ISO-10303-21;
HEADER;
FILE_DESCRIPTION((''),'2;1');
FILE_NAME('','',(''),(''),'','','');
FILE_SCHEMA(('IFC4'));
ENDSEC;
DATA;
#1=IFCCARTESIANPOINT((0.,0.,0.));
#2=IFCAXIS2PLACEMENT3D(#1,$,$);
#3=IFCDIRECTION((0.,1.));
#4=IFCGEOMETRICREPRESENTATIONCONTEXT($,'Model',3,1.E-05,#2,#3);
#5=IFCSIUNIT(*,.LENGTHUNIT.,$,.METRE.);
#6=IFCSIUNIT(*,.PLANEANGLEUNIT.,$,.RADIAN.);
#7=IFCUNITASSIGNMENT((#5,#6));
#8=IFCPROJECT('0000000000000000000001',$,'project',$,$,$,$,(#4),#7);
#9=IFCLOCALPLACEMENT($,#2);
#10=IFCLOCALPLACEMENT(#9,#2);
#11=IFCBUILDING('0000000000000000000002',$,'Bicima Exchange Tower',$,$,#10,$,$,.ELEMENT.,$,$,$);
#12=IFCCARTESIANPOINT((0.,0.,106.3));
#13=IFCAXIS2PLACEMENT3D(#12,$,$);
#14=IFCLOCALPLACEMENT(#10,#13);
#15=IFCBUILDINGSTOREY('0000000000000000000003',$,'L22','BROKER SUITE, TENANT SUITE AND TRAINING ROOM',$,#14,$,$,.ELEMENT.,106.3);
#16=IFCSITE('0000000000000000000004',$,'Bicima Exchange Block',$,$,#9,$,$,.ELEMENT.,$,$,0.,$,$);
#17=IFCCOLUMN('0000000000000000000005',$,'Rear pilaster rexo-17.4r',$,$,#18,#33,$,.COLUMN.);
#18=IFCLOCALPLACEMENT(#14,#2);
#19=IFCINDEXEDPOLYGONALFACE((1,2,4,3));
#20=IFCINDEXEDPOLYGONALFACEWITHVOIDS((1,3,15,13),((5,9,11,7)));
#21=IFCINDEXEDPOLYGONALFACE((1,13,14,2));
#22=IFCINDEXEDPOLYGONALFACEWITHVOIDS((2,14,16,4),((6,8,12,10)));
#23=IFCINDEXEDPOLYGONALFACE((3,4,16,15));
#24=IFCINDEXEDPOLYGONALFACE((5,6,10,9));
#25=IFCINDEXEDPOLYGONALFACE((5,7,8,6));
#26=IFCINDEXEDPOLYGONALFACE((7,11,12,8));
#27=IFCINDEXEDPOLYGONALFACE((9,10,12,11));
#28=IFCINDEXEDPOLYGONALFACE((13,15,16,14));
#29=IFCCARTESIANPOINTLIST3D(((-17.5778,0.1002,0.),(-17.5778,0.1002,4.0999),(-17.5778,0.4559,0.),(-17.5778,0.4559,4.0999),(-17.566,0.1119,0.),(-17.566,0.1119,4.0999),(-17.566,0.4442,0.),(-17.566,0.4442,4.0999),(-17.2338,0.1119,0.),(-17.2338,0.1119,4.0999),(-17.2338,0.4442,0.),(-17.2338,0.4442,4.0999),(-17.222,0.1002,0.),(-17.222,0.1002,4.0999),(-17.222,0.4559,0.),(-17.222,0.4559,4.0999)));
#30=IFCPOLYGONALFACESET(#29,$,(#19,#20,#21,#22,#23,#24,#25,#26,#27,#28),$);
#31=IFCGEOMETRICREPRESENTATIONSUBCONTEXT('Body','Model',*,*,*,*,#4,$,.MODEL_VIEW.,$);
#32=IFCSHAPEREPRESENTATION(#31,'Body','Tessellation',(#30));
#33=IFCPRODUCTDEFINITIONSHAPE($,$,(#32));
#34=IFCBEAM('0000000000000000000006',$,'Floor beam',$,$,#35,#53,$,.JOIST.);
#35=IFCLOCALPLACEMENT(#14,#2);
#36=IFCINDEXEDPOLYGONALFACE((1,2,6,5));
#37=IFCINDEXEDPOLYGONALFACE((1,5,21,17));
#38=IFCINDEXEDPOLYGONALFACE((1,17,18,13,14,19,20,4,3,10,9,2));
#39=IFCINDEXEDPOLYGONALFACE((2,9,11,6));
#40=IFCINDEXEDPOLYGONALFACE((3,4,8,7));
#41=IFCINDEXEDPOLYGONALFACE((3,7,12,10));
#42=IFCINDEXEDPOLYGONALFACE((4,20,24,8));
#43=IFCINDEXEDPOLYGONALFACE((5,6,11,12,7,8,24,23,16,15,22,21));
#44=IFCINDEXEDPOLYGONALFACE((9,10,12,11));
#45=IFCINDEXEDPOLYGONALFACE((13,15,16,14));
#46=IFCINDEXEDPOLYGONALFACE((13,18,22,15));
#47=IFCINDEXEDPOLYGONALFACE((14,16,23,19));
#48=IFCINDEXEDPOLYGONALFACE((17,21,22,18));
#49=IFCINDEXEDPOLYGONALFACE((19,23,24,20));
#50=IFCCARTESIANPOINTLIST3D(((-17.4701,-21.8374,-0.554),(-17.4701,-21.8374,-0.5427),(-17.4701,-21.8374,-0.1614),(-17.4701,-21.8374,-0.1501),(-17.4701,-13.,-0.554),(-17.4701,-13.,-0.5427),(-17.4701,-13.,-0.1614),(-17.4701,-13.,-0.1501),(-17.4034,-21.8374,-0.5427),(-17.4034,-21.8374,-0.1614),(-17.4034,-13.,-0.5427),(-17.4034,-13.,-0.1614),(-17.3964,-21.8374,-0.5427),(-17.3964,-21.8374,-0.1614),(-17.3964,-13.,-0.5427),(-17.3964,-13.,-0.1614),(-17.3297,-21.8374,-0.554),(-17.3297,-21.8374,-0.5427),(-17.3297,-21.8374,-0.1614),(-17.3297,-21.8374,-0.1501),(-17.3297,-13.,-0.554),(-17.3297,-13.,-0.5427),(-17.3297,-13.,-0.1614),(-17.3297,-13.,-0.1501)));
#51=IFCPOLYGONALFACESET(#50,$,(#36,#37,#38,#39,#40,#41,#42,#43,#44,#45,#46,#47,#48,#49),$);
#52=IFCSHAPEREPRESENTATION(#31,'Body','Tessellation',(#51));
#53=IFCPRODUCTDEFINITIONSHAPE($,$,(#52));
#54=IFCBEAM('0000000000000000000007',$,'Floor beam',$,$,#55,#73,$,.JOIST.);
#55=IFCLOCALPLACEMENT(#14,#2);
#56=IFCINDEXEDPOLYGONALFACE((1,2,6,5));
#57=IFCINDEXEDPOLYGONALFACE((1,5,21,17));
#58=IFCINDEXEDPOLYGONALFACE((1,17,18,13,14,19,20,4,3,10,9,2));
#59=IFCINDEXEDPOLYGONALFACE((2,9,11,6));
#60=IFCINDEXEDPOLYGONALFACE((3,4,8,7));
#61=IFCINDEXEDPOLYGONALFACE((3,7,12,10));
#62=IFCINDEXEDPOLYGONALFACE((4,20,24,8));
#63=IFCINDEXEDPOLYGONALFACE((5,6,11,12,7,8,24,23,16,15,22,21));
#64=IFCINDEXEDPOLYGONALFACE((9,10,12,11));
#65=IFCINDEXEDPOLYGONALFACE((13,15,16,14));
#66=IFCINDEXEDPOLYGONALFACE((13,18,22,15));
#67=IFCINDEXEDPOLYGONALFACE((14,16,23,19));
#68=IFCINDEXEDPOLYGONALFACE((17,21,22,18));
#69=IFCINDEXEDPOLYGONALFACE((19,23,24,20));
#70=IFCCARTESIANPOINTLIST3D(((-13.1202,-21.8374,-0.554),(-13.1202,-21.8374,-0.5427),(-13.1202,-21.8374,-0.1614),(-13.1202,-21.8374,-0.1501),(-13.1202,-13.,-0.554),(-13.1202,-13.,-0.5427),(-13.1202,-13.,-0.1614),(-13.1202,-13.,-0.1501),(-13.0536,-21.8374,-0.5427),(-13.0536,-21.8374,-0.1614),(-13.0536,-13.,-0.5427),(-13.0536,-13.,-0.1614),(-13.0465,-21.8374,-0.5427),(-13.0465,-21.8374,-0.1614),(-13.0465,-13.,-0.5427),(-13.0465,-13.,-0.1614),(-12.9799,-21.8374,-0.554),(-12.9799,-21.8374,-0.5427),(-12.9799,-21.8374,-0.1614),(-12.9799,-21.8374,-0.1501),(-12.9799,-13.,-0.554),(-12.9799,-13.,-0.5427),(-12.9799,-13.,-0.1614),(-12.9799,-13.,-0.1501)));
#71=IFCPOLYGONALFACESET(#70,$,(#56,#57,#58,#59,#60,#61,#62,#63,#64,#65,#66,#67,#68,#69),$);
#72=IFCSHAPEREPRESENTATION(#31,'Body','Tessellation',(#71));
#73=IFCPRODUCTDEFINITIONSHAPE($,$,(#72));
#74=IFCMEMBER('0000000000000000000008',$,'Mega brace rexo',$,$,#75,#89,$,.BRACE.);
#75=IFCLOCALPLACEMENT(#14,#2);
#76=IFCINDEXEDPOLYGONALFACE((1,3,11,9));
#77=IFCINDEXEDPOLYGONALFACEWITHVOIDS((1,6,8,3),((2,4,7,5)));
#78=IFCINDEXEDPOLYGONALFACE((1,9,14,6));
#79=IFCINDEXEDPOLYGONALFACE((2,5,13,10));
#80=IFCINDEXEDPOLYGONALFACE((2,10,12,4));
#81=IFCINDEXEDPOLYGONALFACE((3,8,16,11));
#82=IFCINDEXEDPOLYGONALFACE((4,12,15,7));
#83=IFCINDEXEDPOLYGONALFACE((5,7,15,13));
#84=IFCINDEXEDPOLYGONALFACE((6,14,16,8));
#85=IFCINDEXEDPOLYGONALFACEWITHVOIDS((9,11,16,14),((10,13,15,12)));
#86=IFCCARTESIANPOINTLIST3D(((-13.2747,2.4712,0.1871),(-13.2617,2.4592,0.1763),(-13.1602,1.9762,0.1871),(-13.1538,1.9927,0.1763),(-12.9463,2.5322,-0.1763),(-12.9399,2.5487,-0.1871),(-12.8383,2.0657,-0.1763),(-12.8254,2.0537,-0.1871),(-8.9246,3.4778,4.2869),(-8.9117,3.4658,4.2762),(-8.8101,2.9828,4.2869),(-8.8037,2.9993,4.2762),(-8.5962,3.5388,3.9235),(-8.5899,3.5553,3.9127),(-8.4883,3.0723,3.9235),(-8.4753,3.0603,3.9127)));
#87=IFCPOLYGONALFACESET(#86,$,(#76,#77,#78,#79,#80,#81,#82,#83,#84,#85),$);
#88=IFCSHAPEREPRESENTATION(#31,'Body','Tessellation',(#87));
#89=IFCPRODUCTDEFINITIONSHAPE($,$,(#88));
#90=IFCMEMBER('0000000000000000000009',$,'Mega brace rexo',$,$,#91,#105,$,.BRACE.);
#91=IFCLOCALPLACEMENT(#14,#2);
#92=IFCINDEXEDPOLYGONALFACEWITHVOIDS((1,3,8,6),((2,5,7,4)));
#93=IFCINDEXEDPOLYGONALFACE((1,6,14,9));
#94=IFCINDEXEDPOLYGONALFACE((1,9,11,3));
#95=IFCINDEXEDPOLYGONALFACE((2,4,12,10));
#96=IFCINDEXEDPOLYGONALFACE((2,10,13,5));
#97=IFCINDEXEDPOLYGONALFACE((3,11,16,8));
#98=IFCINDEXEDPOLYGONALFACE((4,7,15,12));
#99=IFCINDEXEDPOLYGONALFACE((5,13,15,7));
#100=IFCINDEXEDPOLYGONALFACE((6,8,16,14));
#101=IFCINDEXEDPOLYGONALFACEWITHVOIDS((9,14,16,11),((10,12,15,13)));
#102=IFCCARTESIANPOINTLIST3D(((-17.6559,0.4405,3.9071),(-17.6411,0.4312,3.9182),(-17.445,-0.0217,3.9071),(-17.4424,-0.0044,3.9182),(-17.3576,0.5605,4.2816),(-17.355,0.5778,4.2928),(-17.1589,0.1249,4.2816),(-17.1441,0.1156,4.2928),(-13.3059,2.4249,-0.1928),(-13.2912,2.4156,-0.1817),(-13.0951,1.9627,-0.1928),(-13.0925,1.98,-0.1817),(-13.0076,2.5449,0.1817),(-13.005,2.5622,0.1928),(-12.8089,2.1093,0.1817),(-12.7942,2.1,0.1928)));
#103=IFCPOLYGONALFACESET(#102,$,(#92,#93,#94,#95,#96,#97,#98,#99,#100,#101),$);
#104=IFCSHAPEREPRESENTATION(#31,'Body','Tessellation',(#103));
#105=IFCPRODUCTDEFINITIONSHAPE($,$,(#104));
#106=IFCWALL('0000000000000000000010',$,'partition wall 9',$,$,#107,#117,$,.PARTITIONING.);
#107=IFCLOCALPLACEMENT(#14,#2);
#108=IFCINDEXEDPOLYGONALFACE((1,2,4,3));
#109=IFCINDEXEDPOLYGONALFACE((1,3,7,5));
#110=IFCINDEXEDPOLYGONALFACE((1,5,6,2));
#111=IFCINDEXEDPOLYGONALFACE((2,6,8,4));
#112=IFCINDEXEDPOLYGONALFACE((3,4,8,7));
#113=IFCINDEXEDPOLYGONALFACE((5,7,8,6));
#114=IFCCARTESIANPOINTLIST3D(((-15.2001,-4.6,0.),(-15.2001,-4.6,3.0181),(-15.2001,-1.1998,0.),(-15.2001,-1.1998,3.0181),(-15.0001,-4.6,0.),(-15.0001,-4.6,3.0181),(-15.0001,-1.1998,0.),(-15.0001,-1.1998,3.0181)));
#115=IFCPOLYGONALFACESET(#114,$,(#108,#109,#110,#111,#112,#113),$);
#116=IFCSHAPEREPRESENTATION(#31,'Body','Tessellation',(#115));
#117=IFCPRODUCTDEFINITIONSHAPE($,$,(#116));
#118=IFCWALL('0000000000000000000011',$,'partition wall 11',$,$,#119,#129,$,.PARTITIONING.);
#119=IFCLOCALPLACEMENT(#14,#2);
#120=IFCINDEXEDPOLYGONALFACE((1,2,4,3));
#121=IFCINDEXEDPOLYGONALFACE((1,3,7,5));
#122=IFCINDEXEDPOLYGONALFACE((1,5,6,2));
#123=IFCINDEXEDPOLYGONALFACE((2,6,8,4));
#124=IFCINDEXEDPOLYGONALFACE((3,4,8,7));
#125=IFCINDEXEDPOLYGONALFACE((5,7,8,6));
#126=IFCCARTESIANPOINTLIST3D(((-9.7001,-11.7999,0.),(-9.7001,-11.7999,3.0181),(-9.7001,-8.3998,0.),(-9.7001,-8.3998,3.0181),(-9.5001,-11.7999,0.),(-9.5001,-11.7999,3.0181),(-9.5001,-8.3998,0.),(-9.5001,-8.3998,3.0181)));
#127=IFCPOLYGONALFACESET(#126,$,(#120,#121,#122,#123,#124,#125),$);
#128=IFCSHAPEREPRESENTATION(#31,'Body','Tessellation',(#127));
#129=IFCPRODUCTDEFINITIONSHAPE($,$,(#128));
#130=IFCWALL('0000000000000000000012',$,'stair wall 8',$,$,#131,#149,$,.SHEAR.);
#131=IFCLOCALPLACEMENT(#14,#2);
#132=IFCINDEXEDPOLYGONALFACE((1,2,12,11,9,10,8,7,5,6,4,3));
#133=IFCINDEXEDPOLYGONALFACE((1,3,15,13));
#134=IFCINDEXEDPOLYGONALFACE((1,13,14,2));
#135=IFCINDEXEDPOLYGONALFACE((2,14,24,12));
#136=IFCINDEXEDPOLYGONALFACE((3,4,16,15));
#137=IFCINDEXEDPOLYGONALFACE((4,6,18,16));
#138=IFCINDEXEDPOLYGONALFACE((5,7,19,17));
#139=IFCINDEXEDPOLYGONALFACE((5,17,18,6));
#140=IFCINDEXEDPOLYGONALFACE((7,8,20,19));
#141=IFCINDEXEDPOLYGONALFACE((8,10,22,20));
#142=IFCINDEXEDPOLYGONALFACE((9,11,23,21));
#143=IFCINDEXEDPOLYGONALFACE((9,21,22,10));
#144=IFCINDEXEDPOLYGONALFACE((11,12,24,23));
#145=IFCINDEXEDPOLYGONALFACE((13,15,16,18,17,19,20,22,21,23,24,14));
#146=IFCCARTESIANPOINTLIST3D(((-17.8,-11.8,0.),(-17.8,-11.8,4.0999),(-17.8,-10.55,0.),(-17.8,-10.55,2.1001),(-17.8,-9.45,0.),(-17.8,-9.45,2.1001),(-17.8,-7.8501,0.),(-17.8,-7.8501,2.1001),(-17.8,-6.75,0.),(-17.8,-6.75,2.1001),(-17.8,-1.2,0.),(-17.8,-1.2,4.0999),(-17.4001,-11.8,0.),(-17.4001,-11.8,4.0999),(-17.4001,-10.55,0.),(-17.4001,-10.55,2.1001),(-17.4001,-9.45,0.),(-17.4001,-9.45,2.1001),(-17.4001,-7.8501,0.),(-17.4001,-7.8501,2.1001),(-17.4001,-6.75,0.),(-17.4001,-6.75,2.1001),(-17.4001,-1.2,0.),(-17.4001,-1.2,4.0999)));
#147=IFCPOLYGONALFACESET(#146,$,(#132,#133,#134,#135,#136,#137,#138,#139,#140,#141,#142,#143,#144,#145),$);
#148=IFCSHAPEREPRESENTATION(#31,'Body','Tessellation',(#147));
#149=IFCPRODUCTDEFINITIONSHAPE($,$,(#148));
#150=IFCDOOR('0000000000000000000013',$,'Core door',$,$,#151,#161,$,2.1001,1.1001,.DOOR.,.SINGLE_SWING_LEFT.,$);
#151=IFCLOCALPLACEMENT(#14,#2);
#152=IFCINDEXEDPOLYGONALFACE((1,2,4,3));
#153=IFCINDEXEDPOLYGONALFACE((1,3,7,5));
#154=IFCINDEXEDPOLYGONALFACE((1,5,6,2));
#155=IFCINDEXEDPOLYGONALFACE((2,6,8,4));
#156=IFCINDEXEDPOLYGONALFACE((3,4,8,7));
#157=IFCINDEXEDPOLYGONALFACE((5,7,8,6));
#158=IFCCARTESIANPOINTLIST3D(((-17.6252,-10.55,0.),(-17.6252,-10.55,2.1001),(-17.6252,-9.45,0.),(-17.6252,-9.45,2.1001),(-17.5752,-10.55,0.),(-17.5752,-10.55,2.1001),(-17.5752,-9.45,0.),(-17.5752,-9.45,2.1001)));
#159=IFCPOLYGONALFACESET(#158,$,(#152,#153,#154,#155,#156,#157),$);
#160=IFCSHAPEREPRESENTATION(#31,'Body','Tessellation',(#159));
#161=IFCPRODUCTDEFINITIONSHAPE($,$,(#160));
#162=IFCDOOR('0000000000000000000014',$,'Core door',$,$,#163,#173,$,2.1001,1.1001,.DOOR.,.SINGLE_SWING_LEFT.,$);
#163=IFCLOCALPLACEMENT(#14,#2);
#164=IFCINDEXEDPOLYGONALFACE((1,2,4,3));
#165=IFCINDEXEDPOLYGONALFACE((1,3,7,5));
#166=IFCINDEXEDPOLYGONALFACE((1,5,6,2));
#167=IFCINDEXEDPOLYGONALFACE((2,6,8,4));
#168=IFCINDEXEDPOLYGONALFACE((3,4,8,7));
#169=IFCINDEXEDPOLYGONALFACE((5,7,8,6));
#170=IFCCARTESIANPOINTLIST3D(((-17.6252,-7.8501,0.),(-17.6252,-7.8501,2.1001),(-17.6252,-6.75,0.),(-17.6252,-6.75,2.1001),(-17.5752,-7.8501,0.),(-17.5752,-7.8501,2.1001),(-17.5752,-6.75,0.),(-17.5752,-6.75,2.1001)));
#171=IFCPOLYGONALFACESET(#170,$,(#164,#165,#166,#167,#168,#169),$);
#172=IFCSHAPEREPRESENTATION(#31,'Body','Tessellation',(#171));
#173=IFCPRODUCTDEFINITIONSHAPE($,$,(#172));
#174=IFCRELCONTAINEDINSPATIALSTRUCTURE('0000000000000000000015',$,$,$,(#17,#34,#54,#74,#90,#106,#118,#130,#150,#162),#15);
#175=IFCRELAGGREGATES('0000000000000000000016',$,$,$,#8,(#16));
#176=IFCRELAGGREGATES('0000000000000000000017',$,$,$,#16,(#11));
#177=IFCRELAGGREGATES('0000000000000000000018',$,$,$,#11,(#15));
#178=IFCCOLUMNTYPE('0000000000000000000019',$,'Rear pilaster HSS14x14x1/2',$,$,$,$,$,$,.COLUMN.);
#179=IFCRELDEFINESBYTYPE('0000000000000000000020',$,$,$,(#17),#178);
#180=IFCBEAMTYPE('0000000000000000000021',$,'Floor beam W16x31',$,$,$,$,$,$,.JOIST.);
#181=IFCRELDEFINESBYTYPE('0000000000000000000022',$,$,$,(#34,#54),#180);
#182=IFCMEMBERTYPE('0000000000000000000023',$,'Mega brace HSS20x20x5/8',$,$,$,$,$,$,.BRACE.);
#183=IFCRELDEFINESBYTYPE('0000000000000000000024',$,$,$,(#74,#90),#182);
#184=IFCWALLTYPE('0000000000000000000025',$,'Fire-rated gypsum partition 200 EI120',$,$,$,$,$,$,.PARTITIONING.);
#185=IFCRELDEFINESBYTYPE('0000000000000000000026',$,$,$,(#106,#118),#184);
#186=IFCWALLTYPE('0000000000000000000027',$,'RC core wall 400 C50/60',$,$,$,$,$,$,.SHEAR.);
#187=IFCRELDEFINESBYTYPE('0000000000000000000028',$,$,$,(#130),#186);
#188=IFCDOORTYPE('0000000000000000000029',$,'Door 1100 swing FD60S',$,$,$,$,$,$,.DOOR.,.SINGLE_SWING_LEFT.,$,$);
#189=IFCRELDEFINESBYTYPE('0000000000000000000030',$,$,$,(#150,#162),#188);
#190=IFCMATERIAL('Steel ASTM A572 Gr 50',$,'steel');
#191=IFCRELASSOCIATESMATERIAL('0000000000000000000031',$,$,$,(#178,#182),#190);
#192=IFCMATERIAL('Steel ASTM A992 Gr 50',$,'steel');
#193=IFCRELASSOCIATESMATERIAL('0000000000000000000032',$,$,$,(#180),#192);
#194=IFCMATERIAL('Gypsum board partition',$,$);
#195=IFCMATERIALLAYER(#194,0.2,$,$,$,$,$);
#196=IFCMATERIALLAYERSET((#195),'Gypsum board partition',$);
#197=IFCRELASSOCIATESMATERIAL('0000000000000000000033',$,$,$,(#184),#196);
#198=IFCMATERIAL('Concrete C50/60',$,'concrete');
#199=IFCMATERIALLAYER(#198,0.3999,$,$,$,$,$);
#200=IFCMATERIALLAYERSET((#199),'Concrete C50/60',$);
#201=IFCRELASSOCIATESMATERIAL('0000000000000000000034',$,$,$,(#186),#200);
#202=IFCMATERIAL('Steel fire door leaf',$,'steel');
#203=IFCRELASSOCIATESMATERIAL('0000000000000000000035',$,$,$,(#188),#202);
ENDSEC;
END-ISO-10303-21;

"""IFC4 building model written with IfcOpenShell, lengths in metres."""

from ifc_helpers import new_model, si_unit, direction, frame, frame_2d, origin, origin_2d, place, context, subcontext, project, spatial, rectangle, hollow_rectangle, i_section, extrude, material, layer, layer_set, material_profile, profile_set, type_object, element, fill, save


model = new_model("IFC4")

# Units and contexts
model_context = context("Model", 3, precision=1e-05, world=origin(), true_north=direction((0.0, 1.0)))
body_context = subcontext(model_context, "Body", "Model", "MODEL_VIEW")
ifc_project = project(units=[si_unit("LENGTHUNIT", "METRE"), si_unit("PLANEANGLEUNIT", "RADIAN")], contexts=[model_context])

# Site, building, storey
site_placement = place(None, origin())
site = spatial("IfcSite", under=ifc_project, at=site_placement, Name="Bicima Exchange Block", CompositionType="ELEMENT", RefElevation=0.0)
building_placement = place(site_placement, origin())
building = spatial("IfcBuilding", under=site, at=building_placement, Name="Bicima Exchange Tower", CompositionType="ELEMENT")
storey_placement = place(building_placement, frame((0.0, 0.0, 106.3)))
storey = spatial("IfcBuildingStorey", under=building, at=storey_placement, Name="L22", Description="BROKER SUITE, TENANT SUITE AND TRAINING ROOM", CompositionType="ELEMENT", Elevation=106.3)

# Column
ifc_material_1 = material(Name="Steel ASTM A572 Gr 50", Category="steel")
ifc_material_profile_1 = material_profile(ifc_material_1, hollow_rectangle(XDim=0.3557, YDim=0.3557, WallThickness=0.0117, at=origin_2d()))
ifc_profile_set_1 = profile_set([ifc_material_profile_1], Name="Steel ASTM A572 Gr 50")
column_type = type_object("IfcColumnType", Name="Rear pilaster HSS14x14x1/2", PredefinedType="COLUMN", material=ifc_profile_set_1)
column_placement = place(storey_placement, frame((-17.3999, 0.2781, 0.0), z_axis=(0.0, 0.0, 1.0), x_axis=(1.0, 0.0, 0.0)))
element("IfcColumn", 1, at=column_placement, inside=storey, type_object=column_type, Name="Rear pilaster rexo-17.4r", PredefinedType="COLUMN", context=body_context, shape_type="SweptSolid", body=[
    extrude(hollow_rectangle(XDim=0.3557, YDim=0.3557, WallThickness=0.0117, at=origin_2d()), origin(), (0.0, 0.0, 1.0), 4.0999),
])

# Beams
ifc_material_2 = material(Name="Steel ASTM A992 Gr 50", Category="steel")
ifc_material_profile_2 = material_profile(ifc_material_2, i_section(OverallWidth=0.1404, OverallDepth=0.4038, WebThickness=0.0071, FlangeThickness=0.0112, at=origin_2d()))
ifc_profile_set_2 = profile_set([ifc_material_profile_2], Name="Steel ASTM A992 Gr 50")
beam_type = type_object("IfcBeamType", Name="Floor beam W16x31", PredefinedType="JOIST", material=ifc_profile_set_2)
for number, where, z_axis, x_axis, name in (
    (2, (-17.3999, -13.0, -0.3521), (0.0, -1.0, 0.0), (1.0, 0.0, 0.0), "Floor beam"),
    (3, (-13.05, -13.0, -0.3521), (0.0, -1.0, 0.0), (1.0, 0.0, 0.0), "Floor beam"),
):
    element("IfcBeam", number, at=place(storey_placement, frame(where, z_axis=z_axis, x_axis=x_axis)), inside=storey, type_object=beam_type, Name=name, PredefinedType="JOIST", context=body_context, shape_type="SweptSolid", body=[
        extrude(i_section(OverallWidth=0.1404, OverallDepth=0.4038, WebThickness=0.0071, FlangeThickness=0.0112, at=origin_2d()), origin(), (0.0, 0.0, 1.0), 8.8374),
    ])

# Members
ifc_material_profile_3 = material_profile(ifc_material_1, hollow_rectangle(XDim=0.5081, YDim=0.5081, WallThickness=0.0146, at=origin_2d()))
ifc_profile_set_3 = profile_set([ifc_material_profile_3], Name="Steel ASTM A572 Gr 50")
member_type = type_object("IfcMemberType", Name="Mega brace HSS20x20x5/8", PredefinedType="BRACE", material=ifc_profile_set_3)
member_1_placement = place(storey_placement, frame((-13.05, 2.2625, 0.0), z_axis=(0.717625, 0.166055, 0.676343), x_axis=(-0.225439, 0.974257, 0.0)))
element("IfcMember", 4, at=member_1_placement, inside=storey, type_object=member_type, Name="Mega brace rexo", PredefinedType="BRACE", context=body_context, shape_type="SweptSolid", body=[
    extrude(hollow_rectangle(XDim=0.5081, YDim=0.5081, WallThickness=0.0146, at=origin_2d()), origin(), (0.0, 0.0, 1.0), 6.0618),
])
member_2_placement = place(storey_placement, frame((-13.05, 2.2625, 0.0), z_axis=(-0.690646, -0.315068, 0.650953), x_axis=(0.415045, -0.909801, 0.0)))
element("IfcMember", 5, at=member_2_placement, inside=storey, type_object=member_type, Name="Mega brace rexo", PredefinedType="BRACE", context=body_context, shape_type="SweptSolid", body=[
    extrude(hollow_rectangle(XDim=0.5081, YDim=0.5081, WallThickness=0.0146, at=origin_2d()), origin(), (0.0, 0.0, 1.0), 6.2983),
])

# Walls
ifc_material_3 = material(Name="Gypsum board partition")
ifc_layer_1 = layer(ifc_material_3, 0.2)
ifc_layer_set_1 = layer_set([ifc_layer_1], Name="Gypsum board partition")
wall_type_1 = type_object("IfcWallType", Name="Fire-rated gypsum partition 200 EI120", PredefinedType="PARTITIONING", material=ifc_layer_set_1)
for number, where, z_axis, x_axis, name in (
    (6, (-15.1001, -4.6001, 0.0), (0.0, 0.0, 1.0), (0.0, 1.0, 0.0), "partition wall 9"),
    (7, (-9.6001, -11.8, 0.0), (0.0, 0.0, 1.0), (0.0, 1.0, 0.0), "partition wall 11"),
):
    element("IfcWall", number, at=place(storey_placement, frame(where, z_axis=z_axis, x_axis=x_axis)), inside=storey, type_object=wall_type_1, Name=name, PredefinedType="PARTITIONING", context=body_context, shape_type="SweptSolid", body=[
        extrude(rectangle(XDim=3.4001, YDim=0.2, at=frame_2d((1.7002, 0.0))), origin(), (0.0, 0.0, 1.0), 3.0181),
    ])

# Wall, openings, doors
ifc_material_4 = material(Name="Concrete C50/60", Category="concrete")
ifc_layer_2 = layer(ifc_material_4, 0.3999)
ifc_layer_set_2 = layer_set([ifc_layer_2], Name="Concrete C50/60")
wall_type_2 = type_object("IfcWallType", Name="RC core wall 400 C50/60", PredefinedType="SHEAR", material=ifc_layer_set_2)
wall_1_placement = place(storey_placement, frame((-17.6001, -11.8, 0.0), z_axis=(0.0, 0.0, 1.0), x_axis=(0.0, 1.0, 0.0)))
wall_1 = element("IfcWall", 8, at=wall_1_placement, inside=storey, type_object=wall_type_2, Name="stair wall 8", PredefinedType="SHEAR", context=body_context, shape_type="SweptSolid", body=[
    extrude(rectangle(XDim=10.6001, YDim=0.3999, at=frame_2d((5.3, 0.0))), origin(), (0.0, 0.0, 1.0), 4.0999),
])
opening_1_placement = place(wall_1_placement, frame((1.25, 0.0, 0.0)))
opening_1 = element("IfcOpeningElement", 9, at=opening_1_placement, cuts=wall_1, PredefinedType="OPENING", context=body_context, shape_type="SweptSolid", body=[
    extrude(rectangle(XDim=1.1001, YDim=2.1001, at=frame_2d((0.55, 1.05))), frame((0.0, 0.2119, 0.0), z_axis=(0.0, -1.0, 0.0), x_axis=(1.0, 0.0, 0.0)), (0.0, 0.0, 1.0), 0.4238),
])
opening_2_placement = place(wall_1_placement, frame((3.95, 0.0, 0.0)))
opening_2 = element("IfcOpeningElement", 10, at=opening_2_placement, cuts=wall_1, PredefinedType="OPENING", context=body_context, shape_type="SweptSolid", body=[
    extrude(rectangle(XDim=1.1001, YDim=2.1001, at=frame_2d((0.55, 1.05))), frame((0.0, 0.2119, 0.0), z_axis=(0.0, -1.0, 0.0), x_axis=(1.0, 0.0, 0.0)), (0.0, 0.0, 1.0), 0.4238),
])
ifc_material_5 = material(Name="Steel fire door leaf", Category="steel")
door_type_1 = type_object("IfcDoorType", Name="Door 1100 swing FD60S", OperationType="SINGLE_SWING_LEFT", PredefinedType="DOOR", material=ifc_material_5)
door_1_placement = place(opening_1_placement, frame((1.1001, 0.0, 0.0), z_axis=(0.0, 0.0, 1.0), x_axis=(-1.0, 0.0, 0.0)))
door_1 = element("IfcDoor", 11, at=door_1_placement, inside=storey, type_object=door_type_1, Name="Core door", OperationType="SINGLE_SWING_LEFT", OverallHeight=2.1001, OverallWidth=1.1001, PredefinedType="DOOR", context=body_context, shape_type="SweptSolid", body=[
    extrude(rectangle(XDim=1.1001, YDim=2.1001, at=frame_2d((0.55, 1.05))), frame((0.0, 0.0249, 0.0), z_axis=(0.0, -1.0, 0.0), x_axis=(1.0, 0.0, 0.0)), (0.0, 0.0, 1.0), 0.05),
])
fill(opening_1, door_1)
door_2_placement = place(opening_2_placement, frame((1.1001, 0.0, 0.0), z_axis=(0.0, 0.0, 1.0), x_axis=(-1.0, 0.0, 0.0)))
door_2 = element("IfcDoor", 12, at=door_2_placement, inside=storey, type_object=door_type_1, Name="Core door", OperationType="SINGLE_SWING_LEFT", OverallHeight=2.1001, OverallWidth=1.1001, PredefinedType="DOOR", context=body_context, shape_type="SweptSolid", body=[
    extrude(rectangle(XDim=1.1001, YDim=2.1001, at=frame_2d((0.55, 1.05))), frame((0.0, 0.0249, 0.0), z_axis=(0.0, -1.0, 0.0), x_axis=(1.0, 0.0, 0.0)), (0.0, 0.0, 1.0), 0.05),
])
fill(opening_2, door_2)

save(model, "model.ifc")
